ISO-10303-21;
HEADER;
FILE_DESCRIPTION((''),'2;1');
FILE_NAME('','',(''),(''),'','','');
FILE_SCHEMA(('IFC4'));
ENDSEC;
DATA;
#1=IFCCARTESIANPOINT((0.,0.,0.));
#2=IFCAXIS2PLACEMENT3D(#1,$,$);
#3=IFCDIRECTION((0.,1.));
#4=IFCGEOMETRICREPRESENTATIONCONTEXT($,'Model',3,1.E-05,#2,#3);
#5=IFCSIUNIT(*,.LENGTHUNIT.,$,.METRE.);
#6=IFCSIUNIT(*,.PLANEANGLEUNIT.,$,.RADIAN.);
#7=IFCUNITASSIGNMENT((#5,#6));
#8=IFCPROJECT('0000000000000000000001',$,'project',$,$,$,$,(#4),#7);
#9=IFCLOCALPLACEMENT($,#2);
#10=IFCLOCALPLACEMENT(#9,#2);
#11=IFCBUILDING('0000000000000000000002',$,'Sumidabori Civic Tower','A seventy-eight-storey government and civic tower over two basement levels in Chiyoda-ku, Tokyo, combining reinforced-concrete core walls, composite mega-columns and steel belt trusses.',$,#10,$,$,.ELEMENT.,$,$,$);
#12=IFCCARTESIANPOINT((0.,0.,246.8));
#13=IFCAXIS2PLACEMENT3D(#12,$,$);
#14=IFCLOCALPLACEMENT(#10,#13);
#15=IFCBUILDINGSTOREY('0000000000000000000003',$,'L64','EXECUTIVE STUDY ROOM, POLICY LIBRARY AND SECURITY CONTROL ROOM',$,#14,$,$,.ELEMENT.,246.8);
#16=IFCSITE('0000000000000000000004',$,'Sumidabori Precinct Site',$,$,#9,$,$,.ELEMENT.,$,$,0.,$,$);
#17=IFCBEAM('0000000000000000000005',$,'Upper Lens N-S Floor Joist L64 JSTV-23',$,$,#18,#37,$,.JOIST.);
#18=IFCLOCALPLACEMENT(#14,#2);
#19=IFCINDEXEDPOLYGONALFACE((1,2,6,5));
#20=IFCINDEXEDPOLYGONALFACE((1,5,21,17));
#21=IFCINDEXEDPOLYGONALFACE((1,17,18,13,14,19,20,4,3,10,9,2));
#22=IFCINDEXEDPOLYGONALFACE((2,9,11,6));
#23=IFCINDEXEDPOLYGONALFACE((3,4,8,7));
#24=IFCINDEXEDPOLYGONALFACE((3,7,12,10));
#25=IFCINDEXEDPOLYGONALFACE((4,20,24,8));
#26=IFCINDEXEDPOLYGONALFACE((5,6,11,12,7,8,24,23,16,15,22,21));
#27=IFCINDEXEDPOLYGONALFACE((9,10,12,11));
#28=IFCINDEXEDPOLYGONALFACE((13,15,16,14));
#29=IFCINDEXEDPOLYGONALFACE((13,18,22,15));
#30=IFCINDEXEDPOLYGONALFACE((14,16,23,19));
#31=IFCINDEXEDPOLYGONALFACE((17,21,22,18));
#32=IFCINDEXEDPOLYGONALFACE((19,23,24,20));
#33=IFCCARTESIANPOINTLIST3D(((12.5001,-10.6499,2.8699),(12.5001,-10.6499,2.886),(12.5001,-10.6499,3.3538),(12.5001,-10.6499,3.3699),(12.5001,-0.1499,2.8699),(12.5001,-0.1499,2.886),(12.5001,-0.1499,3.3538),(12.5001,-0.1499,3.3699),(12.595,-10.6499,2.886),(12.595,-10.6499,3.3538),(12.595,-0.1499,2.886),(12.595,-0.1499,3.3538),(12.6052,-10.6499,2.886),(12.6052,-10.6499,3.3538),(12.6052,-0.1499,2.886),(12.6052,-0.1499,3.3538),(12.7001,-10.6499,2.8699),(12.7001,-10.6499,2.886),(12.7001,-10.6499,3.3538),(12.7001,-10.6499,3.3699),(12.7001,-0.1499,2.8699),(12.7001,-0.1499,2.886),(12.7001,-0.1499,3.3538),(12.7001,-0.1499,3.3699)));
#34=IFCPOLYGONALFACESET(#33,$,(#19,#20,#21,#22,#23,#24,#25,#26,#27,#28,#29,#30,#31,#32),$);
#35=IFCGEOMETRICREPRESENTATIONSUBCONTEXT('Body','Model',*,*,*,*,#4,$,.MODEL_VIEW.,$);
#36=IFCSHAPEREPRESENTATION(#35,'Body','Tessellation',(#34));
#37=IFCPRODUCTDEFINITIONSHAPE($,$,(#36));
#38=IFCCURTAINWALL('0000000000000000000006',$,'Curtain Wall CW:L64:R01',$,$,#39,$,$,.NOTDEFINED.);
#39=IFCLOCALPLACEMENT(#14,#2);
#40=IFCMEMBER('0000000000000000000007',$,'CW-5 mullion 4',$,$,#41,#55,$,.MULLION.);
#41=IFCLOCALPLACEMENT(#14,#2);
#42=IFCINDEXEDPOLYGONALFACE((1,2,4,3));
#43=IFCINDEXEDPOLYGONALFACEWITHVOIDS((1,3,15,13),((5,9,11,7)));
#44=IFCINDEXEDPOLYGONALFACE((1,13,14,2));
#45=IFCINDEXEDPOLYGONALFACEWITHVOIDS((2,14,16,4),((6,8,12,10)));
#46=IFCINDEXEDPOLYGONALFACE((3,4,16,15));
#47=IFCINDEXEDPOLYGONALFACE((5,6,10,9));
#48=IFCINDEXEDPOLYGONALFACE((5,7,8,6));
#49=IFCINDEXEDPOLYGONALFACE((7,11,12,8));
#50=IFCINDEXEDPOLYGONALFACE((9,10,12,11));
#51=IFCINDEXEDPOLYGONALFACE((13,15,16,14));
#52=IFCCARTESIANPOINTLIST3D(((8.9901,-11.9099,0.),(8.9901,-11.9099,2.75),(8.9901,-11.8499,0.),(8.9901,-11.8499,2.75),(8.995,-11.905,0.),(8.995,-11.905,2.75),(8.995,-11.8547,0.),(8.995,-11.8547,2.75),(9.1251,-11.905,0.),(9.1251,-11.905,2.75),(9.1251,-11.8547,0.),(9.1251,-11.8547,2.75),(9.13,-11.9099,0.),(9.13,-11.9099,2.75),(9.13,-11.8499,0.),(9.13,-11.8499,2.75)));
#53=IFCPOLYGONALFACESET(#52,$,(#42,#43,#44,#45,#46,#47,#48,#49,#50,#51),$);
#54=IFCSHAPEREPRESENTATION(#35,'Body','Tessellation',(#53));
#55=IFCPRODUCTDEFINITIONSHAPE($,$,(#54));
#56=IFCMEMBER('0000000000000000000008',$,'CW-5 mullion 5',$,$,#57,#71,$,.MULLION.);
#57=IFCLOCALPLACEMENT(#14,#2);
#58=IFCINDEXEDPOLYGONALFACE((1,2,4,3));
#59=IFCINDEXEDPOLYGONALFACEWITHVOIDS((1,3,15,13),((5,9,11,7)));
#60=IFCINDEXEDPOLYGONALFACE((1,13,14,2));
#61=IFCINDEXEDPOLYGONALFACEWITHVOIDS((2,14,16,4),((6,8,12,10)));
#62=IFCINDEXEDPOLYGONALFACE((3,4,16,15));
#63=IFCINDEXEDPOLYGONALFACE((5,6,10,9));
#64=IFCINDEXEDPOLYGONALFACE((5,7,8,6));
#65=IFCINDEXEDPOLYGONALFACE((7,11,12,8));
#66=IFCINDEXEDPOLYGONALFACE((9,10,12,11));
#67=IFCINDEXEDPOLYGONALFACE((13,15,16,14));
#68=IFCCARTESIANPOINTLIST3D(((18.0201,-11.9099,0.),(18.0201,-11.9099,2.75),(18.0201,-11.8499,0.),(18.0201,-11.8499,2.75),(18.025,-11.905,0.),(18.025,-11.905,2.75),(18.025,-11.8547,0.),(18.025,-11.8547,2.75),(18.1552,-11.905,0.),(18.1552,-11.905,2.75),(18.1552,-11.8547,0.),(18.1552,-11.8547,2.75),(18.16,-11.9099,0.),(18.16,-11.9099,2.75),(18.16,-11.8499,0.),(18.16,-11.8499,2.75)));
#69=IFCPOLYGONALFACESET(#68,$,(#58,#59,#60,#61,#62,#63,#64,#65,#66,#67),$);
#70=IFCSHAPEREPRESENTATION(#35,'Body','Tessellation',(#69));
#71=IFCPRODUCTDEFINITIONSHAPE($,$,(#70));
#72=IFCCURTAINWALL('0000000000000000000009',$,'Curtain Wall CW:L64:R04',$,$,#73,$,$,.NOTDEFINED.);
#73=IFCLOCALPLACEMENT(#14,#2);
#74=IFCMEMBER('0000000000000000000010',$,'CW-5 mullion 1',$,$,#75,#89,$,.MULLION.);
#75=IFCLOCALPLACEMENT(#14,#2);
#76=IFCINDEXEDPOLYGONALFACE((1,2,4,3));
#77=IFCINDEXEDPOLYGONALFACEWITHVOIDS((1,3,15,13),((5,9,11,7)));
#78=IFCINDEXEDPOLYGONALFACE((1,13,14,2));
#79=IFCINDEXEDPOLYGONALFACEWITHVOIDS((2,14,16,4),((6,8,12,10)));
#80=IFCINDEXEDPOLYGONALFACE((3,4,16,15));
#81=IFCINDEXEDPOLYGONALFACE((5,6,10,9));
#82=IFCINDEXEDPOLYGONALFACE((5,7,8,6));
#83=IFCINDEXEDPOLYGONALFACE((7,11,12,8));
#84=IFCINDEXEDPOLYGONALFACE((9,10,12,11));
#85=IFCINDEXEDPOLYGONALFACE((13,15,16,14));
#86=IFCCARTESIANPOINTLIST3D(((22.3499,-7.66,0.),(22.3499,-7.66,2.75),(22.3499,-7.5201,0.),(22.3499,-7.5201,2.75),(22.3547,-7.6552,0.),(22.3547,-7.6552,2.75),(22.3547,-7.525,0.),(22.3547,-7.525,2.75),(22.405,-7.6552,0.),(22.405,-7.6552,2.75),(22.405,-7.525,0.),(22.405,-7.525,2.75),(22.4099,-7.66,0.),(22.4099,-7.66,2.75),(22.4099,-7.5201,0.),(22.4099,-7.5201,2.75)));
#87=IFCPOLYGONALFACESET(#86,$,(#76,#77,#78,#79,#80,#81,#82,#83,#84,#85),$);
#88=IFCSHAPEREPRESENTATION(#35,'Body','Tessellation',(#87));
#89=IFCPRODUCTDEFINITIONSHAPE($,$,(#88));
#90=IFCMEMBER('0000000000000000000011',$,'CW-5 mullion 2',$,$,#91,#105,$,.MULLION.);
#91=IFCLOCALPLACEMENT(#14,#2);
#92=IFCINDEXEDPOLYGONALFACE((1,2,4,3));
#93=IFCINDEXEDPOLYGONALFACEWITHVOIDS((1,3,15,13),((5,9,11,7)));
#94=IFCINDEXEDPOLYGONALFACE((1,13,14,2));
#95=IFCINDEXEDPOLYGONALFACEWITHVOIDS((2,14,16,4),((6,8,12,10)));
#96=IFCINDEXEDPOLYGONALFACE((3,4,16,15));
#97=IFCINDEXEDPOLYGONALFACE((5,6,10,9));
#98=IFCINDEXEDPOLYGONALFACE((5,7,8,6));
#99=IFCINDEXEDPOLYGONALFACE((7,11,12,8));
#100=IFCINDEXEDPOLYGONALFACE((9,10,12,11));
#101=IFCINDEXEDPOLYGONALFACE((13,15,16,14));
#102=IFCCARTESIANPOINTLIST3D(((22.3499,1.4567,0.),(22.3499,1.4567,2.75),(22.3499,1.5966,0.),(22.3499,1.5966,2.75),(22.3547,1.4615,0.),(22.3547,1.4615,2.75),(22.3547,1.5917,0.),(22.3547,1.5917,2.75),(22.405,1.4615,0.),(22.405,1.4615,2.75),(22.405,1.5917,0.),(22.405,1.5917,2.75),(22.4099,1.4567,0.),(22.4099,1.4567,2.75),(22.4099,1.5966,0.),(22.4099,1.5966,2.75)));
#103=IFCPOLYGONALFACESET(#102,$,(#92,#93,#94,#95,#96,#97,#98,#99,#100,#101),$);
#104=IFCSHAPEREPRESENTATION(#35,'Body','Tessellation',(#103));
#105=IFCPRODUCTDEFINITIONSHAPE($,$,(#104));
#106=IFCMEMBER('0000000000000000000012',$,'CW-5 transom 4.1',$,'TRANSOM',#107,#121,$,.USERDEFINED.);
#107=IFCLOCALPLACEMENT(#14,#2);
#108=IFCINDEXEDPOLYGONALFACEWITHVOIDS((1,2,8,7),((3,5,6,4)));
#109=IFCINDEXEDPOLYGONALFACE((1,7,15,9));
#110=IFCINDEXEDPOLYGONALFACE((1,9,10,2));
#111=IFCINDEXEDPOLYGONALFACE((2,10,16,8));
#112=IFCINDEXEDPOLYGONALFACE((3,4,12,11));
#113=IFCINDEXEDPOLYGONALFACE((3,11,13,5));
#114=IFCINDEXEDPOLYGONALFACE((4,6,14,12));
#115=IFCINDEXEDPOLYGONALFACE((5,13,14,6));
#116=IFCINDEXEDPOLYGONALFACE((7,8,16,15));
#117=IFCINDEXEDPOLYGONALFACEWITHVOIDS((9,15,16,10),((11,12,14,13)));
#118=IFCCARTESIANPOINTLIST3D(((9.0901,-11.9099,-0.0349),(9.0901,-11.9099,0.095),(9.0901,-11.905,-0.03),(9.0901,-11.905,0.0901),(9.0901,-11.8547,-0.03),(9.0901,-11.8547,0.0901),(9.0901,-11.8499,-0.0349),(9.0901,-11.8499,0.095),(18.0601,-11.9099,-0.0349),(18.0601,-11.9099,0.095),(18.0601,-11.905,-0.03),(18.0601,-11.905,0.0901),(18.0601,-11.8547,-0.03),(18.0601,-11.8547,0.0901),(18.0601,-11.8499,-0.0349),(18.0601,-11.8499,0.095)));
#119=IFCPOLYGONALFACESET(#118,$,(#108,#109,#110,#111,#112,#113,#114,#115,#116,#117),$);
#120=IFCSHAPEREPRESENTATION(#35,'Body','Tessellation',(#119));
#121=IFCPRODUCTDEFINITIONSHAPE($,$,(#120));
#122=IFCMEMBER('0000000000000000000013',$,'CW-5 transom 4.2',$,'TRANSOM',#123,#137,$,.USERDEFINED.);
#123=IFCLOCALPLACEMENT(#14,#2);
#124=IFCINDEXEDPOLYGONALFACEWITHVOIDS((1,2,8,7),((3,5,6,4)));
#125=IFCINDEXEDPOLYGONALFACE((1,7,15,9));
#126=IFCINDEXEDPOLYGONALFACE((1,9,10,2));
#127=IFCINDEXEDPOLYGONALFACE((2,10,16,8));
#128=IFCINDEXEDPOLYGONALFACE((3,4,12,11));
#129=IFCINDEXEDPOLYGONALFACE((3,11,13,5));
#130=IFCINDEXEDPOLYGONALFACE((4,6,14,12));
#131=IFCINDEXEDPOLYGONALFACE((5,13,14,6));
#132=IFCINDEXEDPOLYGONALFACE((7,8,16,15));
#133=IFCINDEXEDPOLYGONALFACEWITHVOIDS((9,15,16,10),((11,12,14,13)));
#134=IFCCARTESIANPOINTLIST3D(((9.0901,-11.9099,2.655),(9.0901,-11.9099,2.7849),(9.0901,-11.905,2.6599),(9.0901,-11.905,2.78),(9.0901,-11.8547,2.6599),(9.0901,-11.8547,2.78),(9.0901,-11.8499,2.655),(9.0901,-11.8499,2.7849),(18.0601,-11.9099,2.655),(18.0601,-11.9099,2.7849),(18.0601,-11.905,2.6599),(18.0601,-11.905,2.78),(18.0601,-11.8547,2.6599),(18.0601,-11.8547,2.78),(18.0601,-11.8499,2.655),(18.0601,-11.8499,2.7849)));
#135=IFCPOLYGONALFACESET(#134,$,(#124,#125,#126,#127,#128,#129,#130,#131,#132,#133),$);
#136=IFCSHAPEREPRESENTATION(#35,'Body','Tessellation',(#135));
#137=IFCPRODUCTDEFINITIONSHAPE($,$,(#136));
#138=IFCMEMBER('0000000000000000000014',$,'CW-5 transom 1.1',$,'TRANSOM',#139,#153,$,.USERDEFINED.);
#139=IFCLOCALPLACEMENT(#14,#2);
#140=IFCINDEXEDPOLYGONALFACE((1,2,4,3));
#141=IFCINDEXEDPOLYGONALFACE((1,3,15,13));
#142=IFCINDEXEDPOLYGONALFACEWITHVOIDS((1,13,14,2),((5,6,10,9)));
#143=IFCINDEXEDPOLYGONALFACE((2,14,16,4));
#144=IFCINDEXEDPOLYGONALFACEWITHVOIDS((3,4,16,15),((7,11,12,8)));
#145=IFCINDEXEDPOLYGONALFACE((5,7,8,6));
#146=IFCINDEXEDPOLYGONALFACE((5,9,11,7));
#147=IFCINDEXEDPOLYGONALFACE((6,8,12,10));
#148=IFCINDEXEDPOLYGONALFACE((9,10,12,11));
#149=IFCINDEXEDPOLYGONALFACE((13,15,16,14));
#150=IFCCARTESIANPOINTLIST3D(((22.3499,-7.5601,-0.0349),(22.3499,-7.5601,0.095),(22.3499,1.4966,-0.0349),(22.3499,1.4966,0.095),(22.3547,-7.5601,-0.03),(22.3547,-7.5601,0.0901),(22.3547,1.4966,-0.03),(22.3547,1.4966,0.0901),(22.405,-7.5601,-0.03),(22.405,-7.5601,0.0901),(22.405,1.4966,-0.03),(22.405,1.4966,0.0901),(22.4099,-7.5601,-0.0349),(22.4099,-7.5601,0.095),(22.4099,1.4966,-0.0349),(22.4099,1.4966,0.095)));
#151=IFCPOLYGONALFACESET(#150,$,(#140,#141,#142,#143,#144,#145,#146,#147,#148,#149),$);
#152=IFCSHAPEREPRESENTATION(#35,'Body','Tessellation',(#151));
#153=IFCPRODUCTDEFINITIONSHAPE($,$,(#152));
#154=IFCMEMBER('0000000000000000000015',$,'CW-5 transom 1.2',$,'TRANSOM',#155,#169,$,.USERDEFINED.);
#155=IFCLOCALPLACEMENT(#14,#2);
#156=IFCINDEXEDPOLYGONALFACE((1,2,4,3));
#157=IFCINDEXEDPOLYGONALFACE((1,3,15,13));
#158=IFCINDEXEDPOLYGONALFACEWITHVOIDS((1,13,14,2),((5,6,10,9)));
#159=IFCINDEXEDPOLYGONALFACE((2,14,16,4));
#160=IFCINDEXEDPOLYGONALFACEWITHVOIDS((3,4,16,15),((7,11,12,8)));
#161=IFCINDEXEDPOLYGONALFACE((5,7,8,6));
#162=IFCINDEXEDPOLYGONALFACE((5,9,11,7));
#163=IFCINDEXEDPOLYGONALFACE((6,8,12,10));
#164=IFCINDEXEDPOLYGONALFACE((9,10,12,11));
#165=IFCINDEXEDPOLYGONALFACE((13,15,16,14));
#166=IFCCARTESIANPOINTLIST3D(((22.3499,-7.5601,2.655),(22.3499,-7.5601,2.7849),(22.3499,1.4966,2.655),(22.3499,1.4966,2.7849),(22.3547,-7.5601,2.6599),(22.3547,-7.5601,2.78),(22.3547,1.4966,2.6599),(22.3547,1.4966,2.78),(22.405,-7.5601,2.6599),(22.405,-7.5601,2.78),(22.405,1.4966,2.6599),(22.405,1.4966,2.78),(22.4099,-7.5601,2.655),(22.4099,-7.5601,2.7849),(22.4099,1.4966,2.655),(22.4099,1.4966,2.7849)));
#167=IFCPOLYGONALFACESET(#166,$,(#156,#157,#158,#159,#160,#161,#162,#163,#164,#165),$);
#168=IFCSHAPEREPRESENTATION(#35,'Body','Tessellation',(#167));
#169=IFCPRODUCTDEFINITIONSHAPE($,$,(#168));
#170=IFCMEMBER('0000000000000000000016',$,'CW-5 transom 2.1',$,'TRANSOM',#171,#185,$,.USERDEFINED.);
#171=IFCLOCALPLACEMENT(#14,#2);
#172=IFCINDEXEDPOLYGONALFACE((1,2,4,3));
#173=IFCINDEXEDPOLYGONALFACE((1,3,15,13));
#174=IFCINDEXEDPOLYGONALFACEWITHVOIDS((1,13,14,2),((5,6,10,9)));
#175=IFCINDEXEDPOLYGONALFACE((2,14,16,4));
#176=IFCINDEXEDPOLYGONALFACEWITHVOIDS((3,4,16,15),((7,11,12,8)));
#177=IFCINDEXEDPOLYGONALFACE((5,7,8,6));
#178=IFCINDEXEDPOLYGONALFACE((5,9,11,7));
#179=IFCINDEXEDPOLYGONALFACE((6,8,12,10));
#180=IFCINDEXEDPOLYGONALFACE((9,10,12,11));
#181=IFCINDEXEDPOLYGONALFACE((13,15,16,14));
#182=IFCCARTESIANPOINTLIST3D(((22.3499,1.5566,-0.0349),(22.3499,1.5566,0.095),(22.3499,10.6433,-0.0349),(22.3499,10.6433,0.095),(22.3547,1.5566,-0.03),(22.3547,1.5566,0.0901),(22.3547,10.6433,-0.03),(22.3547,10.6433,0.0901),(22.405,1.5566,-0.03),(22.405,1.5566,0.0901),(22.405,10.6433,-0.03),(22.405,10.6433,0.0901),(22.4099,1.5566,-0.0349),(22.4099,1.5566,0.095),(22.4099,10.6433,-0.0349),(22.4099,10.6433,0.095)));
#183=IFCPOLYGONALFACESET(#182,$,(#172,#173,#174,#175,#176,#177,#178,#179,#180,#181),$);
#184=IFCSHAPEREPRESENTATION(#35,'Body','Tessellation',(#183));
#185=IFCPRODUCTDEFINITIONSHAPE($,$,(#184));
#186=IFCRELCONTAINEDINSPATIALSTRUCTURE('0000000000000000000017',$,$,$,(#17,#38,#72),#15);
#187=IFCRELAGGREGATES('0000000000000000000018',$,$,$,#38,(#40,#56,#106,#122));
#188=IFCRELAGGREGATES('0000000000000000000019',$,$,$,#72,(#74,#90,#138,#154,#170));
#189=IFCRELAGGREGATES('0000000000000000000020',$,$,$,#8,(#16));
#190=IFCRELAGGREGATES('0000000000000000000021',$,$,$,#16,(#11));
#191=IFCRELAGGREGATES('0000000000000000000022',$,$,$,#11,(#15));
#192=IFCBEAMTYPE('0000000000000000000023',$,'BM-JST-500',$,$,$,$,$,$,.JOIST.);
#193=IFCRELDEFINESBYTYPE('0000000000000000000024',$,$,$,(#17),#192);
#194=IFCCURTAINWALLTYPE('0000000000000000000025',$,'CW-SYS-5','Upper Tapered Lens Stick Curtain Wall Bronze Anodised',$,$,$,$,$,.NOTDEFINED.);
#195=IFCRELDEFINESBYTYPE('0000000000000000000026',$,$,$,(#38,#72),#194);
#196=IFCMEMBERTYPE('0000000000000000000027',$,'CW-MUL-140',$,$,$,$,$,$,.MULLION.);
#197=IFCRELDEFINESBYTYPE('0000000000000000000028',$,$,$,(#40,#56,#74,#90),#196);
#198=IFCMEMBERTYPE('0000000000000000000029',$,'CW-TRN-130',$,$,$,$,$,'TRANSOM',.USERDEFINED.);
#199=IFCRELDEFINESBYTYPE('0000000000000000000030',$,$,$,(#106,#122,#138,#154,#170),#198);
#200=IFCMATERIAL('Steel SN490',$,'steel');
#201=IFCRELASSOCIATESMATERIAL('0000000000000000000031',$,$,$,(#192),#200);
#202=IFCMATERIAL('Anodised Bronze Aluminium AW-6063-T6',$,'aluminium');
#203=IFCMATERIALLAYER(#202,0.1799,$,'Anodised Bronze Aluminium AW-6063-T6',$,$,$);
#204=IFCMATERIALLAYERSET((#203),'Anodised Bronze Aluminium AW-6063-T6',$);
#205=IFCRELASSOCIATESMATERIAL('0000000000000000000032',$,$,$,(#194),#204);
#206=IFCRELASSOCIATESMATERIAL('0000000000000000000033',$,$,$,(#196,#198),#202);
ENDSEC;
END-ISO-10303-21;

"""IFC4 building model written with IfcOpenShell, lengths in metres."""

from ifc_helpers import new_model, si_unit, direction, frame, origin, origin_2d, place, context, subcontext, project, spatial, hollow_rectangle, i_section, extrude, source, transform, mapped, material, layer, layer_set, material_profile, profile_set, type_object, element, aggregate, save


model = new_model("IFC4")

# Units and contexts
model_context = context("Model", 3, precision=1e-05, world=origin(), true_north=direction((0.0, 1.0)))
body_context = subcontext(model_context, "Body", "Model", "MODEL_VIEW")
ifc_project = project(units=[si_unit("LENGTHUNIT", "METRE"), si_unit("PLANEANGLEUNIT", "RADIAN")], contexts=[model_context])

# Site, building, storey
site_placement = place(None, origin())
site = spatial("IfcSite", under=ifc_project, at=site_placement, Name="Sumidabori Precinct Site", CompositionType="ELEMENT", RefElevation=0.0)
building_placement = place(site_placement, origin())
building = spatial("IfcBuilding", under=site, at=building_placement, Name="Sumidabori Civic Tower", Description="A seventy-eight-storey government and civic tower over two basement levels in Chiyoda-ku, Tokyo, combining reinforced-concrete core walls, composite mega-columns and steel belt trusses.", CompositionType="ELEMENT")
storey_placement = place(building_placement, frame((0.0, 0.0, 246.8)))
storey = spatial("IfcBuildingStorey", under=building, at=storey_placement, Name="L64", Description="EXECUTIVE STUDY ROOM, POLICY LIBRARY AND SECURITY CONTROL ROOM", CompositionType="ELEMENT", Elevation=246.8)

# Beam
ifc_material_1 = material(Name="Steel SN490", Category="steel")
ifc_material_profile_1 = material_profile(ifc_material_1, i_section(OverallWidth=0.2, OverallDepth=0.5, WebThickness=0.0103, FlangeThickness=0.0161, at=origin_2d()), Name="IPE 500")
ifc_profile_set_1 = profile_set([ifc_material_profile_1], Name="Steel SN490")
beam_type_1 = type_object("IfcBeamType", Name="BM-JST-500", PredefinedType="JOIST", material=ifc_profile_set_1)
shared_shape_1 = source(origin(), body_context, "Body", "SweptSolid", [
    extrude(i_section(OverallWidth=0.2, OverallDepth=0.5, WebThickness=0.0103, FlangeThickness=0.0161, at=origin_2d()), origin(), (0.0, 0.0, 1.0), 10.5),
])
beam_1_placement = place(storey_placement, frame((12.6001, -10.6499, 3.1199), z_axis=(0.0, 1.0, 0.0), x_axis=(-1.0, 0.0, 0.0)))
element("IfcBeam", 1, at=beam_1_placement, inside=storey, type_object=beam_type_1, Name="Upper Lens N-S Floor Joist L64 JSTV-23", PredefinedType="JOIST", context=body_context, shape_type="MappedRepresentation", body=[
    mapped(shared_shape_1, transform((0.0, 0.0, 0.0), x_axis=(1.0, 0.0, 0.0), y_axis=(0.0, 1.0, 0.0), z_axis=(0.0, 0.0, 1.0), scale=1.0)),
])

# Curtain walls, members
ifc_material_2 = material(Name="Anodised Bronze Aluminium AW-6063-T6", Category="aluminium")
ifc_layer_1 = layer(ifc_material_2, 0.1799, Name="Anodised Bronze Aluminium AW-6063-T6")
ifc_layer_set_1 = layer_set([ifc_layer_1], Name="Anodised Bronze Aluminium AW-6063-T6")
curtain_wall_type = type_object("IfcCurtainWallType", Name="CW-SYS-5", Description="Upper Tapered Lens Stick Curtain Wall Bronze Anodised", PredefinedType="NOTDEFINED", material=ifc_layer_set_1)
curtain_wall_1_placement = place(storey_placement, origin())
curtain_wall_1 = element("IfcCurtainWall", 2, at=curtain_wall_1_placement, inside=storey, type_object=curtain_wall_type, Name="Curtain Wall CW:L64:R01", PredefinedType="NOTDEFINED")
ifc_material_profile_2 = material_profile(ifc_material_2, hollow_rectangle(XDim=0.0601, YDim=0.1399, WallThickness=0.0049, at=origin_2d()), Name="ALU MULLION 140x60")
ifc_profile_set_2 = profile_set([ifc_material_profile_2], Name="Anodised Bronze Aluminium AW-6063-T6")
member_type_1 = type_object("IfcMemberType", Name="CW-MUL-140", PredefinedType="MULLION", material=ifc_profile_set_2)
shared_shape_2 = source(origin(), body_context, "Body", "SweptSolid", [
    extrude(hollow_rectangle(XDim=0.0601, YDim=0.1399, WallThickness=0.0049, at=origin_2d()), origin(), (0.0, 0.0, 1.0), 2.75),
])
member_1_placement = place(storey_placement, frame((9.0601, -11.8799, 0.0), z_axis=(0.0, 0.0, 1.0), x_axis=(0.0, 1.0, 0.0)))
member_1 = element("IfcMember", 3, at=member_1_placement, type_object=member_type_1, Name="CW-5 mullion 4", PredefinedType="MULLION", context=body_context, shape_type="MappedRepresentation", body=[
    mapped(shared_shape_2, transform((0.0, 0.0, 0.0), x_axis=(1.0, 0.0, 0.0), y_axis=(0.0, 1.0, 0.0), z_axis=(0.0, 0.0, 1.0), scale=1.0)),
])
member_2_placement = place(storey_placement, frame((18.0901, -11.8799, 0.0), z_axis=(0.0, 0.0, 1.0), x_axis=(0.0, 1.0, 0.0)))
member_2 = element("IfcMember", 4, at=member_2_placement, type_object=member_type_1, Name="CW-5 mullion 5", PredefinedType="MULLION", context=body_context, shape_type="MappedRepresentation", body=[
    mapped(shared_shape_2, transform((0.0, 0.0, 0.0), x_axis=(1.0, 0.0, 0.0), y_axis=(0.0, 1.0, 0.0), z_axis=(0.0, 0.0, 1.0), scale=1.0)),
])
curtain_wall_2_placement = place(storey_placement, origin())
curtain_wall_2 = element("IfcCurtainWall", 5, at=curtain_wall_2_placement, inside=storey, type_object=curtain_wall_type, Name="Curtain Wall CW:L64:R04", PredefinedType="NOTDEFINED")
member_3_placement = place(storey_placement, frame((22.3799, -7.5901, 0.0), z_axis=(0.0, 0.0, 1.0), x_axis=(-1.0, 0.0, 0.0)))
member_3 = element("IfcMember", 6, at=member_3_placement, type_object=member_type_1, Name="CW-5 mullion 1", PredefinedType="MULLION", context=body_context, shape_type="MappedRepresentation", body=[
    mapped(shared_shape_2, transform((0.0, 0.0, 0.0), x_axis=(1.0, 0.0, 0.0), y_axis=(0.0, 1.0, 0.0), z_axis=(0.0, 0.0, 1.0), scale=1.0)),
])
member_4_placement = place(storey_placement, frame((22.3799, 1.5266, 0.0), z_axis=(0.0, 0.0, 1.0), x_axis=(-1.0, 0.0, 0.0)))
member_4 = element("IfcMember", 7, at=member_4_placement, type_object=member_type_1, Name="CW-5 mullion 2", PredefinedType="MULLION", context=body_context, shape_type="MappedRepresentation", body=[
    mapped(shared_shape_2, transform((0.0, 0.0, 0.0), x_axis=(1.0, 0.0, 0.0), y_axis=(0.0, 1.0, 0.0), z_axis=(0.0, 0.0, 1.0), scale=1.0)),
])

# Members
ifc_material_profile_3 = material_profile(ifc_material_2, hollow_rectangle(XDim=0.0601, YDim=0.1299, WallThickness=0.0049, at=origin_2d()), Name="ALU TRANSOM 130x60")
ifc_profile_set_3 = profile_set([ifc_material_profile_3], Name="Anodised Bronze Aluminium AW-6063-T6")
member_type_2 = type_object("IfcMemberType", Name="CW-TRN-130", ElementType="TRANSOM", PredefinedType="USERDEFINED", material=ifc_profile_set_3)
shared_shape_3 = source(origin(), body_context, "Body", "SweptSolid", [
    extrude(hollow_rectangle(XDim=0.0601, YDim=0.1299, WallThickness=0.0049, at=origin_2d()), origin(), (0.0, 0.0, 1.0), 8.97),
])
member_5_placement = place(storey_placement, frame((9.0901, -11.8799, 0.03), z_axis=(1.0, 0.0, 0.0), x_axis=(0.0, 1.0, 0.0)))
member_5 = element("IfcMember", 8, at=member_5_placement, type_object=member_type_2, Name="CW-5 transom 4.1", ObjectType="TRANSOM", PredefinedType="USERDEFINED", context=body_context, shape_type="MappedRepresentation", body=[
    mapped(shared_shape_3, transform((0.0, 0.0, 0.0), x_axis=(1.0, 0.0, 0.0), y_axis=(0.0, 1.0, 0.0), z_axis=(0.0, 0.0, 1.0), scale=1.0)),
])
member_6_placement = place(storey_placement, frame((9.0901, -11.8799, 2.72), z_axis=(1.0, 0.0, 0.0), x_axis=(0.0, 1.0, 0.0)))
member_6 = element("IfcMember", 9, at=member_6_placement, type_object=member_type_2, Name="CW-5 transom 4.2", ObjectType="TRANSOM", PredefinedType="USERDEFINED", context=body_context, shape_type="MappedRepresentation", body=[
    mapped(shared_shape_3, transform((0.0, 0.0, 0.0), x_axis=(1.0, 0.0, 0.0), y_axis=(0.0, 1.0, 0.0), z_axis=(0.0, 0.0, 1.0), scale=1.0)),
])
shared_shape_4 = source(origin(), body_context, "Body", "SweptSolid", [
    extrude(hollow_rectangle(XDim=0.0601, YDim=0.1299, WallThickness=0.0049, at=origin_2d()), origin(), (0.0, 0.0, 1.0), 9.0566),
])
member_7_placement = place(storey_placement, frame((22.3799, -7.5601, 0.03), z_axis=(0.0, 1.0, 0.0), x_axis=(-1.0, 0.0, 0.0)))
member_7 = element("IfcMember", 10, at=member_7_placement, type_object=member_type_2, Name="CW-5 transom 1.1", ObjectType="TRANSOM", PredefinedType="USERDEFINED", context=body_context, shape_type="MappedRepresentation", body=[
    mapped(shared_shape_4, transform((0.0, 0.0, 0.0), x_axis=(1.0, 0.0, 0.0), y_axis=(0.0, 1.0, 0.0), z_axis=(0.0, 0.0, 1.0), scale=1.0)),
])
member_8_placement = place(storey_placement, frame((22.3799, -7.5601, 2.72), z_axis=(0.0, 1.0, 0.0), x_axis=(-1.0, 0.0, 0.0)))
member_8 = element("IfcMember", 11, at=member_8_placement, type_object=member_type_2, Name="CW-5 transom 1.2", ObjectType="TRANSOM", PredefinedType="USERDEFINED", context=body_context, shape_type="MappedRepresentation", body=[
    mapped(shared_shape_4, transform((0.0, 0.0, 0.0), x_axis=(1.0, 0.0, 0.0), y_axis=(0.0, 1.0, 0.0), z_axis=(0.0, 0.0, 1.0), scale=1.0)),
])
shared_shape_5 = source(origin(), body_context, "Body", "SweptSolid", [
    extrude(hollow_rectangle(XDim=0.0601, YDim=0.1299, WallThickness=0.0049, at=origin_2d()), origin(), (0.0, 0.0, 1.0), 9.0867),
])
member_9_placement = place(storey_placement, frame((22.3799, 1.5566, 0.03), z_axis=(0.0, 1.0, 0.0), x_axis=(-1.0, 0.0, 0.0)))
member_9 = element("IfcMember", 12, at=member_9_placement, type_object=member_type_2, Name="CW-5 transom 2.1", ObjectType="TRANSOM", PredefinedType="USERDEFINED", context=body_context, shape_type="MappedRepresentation", body=[
    mapped(shared_shape_5, transform((0.0, 0.0, 0.0), x_axis=(1.0, 0.0, 0.0), y_axis=(0.0, 1.0, 0.0), z_axis=(0.0, 0.0, 1.0), scale=1.0)),
])

aggregate(curtain_wall_1, [member_1, member_2, member_5, member_6])
aggregate(curtain_wall_2, [member_3, member_4, member_7, member_8, member_9])

save(model, "model.ifc")
